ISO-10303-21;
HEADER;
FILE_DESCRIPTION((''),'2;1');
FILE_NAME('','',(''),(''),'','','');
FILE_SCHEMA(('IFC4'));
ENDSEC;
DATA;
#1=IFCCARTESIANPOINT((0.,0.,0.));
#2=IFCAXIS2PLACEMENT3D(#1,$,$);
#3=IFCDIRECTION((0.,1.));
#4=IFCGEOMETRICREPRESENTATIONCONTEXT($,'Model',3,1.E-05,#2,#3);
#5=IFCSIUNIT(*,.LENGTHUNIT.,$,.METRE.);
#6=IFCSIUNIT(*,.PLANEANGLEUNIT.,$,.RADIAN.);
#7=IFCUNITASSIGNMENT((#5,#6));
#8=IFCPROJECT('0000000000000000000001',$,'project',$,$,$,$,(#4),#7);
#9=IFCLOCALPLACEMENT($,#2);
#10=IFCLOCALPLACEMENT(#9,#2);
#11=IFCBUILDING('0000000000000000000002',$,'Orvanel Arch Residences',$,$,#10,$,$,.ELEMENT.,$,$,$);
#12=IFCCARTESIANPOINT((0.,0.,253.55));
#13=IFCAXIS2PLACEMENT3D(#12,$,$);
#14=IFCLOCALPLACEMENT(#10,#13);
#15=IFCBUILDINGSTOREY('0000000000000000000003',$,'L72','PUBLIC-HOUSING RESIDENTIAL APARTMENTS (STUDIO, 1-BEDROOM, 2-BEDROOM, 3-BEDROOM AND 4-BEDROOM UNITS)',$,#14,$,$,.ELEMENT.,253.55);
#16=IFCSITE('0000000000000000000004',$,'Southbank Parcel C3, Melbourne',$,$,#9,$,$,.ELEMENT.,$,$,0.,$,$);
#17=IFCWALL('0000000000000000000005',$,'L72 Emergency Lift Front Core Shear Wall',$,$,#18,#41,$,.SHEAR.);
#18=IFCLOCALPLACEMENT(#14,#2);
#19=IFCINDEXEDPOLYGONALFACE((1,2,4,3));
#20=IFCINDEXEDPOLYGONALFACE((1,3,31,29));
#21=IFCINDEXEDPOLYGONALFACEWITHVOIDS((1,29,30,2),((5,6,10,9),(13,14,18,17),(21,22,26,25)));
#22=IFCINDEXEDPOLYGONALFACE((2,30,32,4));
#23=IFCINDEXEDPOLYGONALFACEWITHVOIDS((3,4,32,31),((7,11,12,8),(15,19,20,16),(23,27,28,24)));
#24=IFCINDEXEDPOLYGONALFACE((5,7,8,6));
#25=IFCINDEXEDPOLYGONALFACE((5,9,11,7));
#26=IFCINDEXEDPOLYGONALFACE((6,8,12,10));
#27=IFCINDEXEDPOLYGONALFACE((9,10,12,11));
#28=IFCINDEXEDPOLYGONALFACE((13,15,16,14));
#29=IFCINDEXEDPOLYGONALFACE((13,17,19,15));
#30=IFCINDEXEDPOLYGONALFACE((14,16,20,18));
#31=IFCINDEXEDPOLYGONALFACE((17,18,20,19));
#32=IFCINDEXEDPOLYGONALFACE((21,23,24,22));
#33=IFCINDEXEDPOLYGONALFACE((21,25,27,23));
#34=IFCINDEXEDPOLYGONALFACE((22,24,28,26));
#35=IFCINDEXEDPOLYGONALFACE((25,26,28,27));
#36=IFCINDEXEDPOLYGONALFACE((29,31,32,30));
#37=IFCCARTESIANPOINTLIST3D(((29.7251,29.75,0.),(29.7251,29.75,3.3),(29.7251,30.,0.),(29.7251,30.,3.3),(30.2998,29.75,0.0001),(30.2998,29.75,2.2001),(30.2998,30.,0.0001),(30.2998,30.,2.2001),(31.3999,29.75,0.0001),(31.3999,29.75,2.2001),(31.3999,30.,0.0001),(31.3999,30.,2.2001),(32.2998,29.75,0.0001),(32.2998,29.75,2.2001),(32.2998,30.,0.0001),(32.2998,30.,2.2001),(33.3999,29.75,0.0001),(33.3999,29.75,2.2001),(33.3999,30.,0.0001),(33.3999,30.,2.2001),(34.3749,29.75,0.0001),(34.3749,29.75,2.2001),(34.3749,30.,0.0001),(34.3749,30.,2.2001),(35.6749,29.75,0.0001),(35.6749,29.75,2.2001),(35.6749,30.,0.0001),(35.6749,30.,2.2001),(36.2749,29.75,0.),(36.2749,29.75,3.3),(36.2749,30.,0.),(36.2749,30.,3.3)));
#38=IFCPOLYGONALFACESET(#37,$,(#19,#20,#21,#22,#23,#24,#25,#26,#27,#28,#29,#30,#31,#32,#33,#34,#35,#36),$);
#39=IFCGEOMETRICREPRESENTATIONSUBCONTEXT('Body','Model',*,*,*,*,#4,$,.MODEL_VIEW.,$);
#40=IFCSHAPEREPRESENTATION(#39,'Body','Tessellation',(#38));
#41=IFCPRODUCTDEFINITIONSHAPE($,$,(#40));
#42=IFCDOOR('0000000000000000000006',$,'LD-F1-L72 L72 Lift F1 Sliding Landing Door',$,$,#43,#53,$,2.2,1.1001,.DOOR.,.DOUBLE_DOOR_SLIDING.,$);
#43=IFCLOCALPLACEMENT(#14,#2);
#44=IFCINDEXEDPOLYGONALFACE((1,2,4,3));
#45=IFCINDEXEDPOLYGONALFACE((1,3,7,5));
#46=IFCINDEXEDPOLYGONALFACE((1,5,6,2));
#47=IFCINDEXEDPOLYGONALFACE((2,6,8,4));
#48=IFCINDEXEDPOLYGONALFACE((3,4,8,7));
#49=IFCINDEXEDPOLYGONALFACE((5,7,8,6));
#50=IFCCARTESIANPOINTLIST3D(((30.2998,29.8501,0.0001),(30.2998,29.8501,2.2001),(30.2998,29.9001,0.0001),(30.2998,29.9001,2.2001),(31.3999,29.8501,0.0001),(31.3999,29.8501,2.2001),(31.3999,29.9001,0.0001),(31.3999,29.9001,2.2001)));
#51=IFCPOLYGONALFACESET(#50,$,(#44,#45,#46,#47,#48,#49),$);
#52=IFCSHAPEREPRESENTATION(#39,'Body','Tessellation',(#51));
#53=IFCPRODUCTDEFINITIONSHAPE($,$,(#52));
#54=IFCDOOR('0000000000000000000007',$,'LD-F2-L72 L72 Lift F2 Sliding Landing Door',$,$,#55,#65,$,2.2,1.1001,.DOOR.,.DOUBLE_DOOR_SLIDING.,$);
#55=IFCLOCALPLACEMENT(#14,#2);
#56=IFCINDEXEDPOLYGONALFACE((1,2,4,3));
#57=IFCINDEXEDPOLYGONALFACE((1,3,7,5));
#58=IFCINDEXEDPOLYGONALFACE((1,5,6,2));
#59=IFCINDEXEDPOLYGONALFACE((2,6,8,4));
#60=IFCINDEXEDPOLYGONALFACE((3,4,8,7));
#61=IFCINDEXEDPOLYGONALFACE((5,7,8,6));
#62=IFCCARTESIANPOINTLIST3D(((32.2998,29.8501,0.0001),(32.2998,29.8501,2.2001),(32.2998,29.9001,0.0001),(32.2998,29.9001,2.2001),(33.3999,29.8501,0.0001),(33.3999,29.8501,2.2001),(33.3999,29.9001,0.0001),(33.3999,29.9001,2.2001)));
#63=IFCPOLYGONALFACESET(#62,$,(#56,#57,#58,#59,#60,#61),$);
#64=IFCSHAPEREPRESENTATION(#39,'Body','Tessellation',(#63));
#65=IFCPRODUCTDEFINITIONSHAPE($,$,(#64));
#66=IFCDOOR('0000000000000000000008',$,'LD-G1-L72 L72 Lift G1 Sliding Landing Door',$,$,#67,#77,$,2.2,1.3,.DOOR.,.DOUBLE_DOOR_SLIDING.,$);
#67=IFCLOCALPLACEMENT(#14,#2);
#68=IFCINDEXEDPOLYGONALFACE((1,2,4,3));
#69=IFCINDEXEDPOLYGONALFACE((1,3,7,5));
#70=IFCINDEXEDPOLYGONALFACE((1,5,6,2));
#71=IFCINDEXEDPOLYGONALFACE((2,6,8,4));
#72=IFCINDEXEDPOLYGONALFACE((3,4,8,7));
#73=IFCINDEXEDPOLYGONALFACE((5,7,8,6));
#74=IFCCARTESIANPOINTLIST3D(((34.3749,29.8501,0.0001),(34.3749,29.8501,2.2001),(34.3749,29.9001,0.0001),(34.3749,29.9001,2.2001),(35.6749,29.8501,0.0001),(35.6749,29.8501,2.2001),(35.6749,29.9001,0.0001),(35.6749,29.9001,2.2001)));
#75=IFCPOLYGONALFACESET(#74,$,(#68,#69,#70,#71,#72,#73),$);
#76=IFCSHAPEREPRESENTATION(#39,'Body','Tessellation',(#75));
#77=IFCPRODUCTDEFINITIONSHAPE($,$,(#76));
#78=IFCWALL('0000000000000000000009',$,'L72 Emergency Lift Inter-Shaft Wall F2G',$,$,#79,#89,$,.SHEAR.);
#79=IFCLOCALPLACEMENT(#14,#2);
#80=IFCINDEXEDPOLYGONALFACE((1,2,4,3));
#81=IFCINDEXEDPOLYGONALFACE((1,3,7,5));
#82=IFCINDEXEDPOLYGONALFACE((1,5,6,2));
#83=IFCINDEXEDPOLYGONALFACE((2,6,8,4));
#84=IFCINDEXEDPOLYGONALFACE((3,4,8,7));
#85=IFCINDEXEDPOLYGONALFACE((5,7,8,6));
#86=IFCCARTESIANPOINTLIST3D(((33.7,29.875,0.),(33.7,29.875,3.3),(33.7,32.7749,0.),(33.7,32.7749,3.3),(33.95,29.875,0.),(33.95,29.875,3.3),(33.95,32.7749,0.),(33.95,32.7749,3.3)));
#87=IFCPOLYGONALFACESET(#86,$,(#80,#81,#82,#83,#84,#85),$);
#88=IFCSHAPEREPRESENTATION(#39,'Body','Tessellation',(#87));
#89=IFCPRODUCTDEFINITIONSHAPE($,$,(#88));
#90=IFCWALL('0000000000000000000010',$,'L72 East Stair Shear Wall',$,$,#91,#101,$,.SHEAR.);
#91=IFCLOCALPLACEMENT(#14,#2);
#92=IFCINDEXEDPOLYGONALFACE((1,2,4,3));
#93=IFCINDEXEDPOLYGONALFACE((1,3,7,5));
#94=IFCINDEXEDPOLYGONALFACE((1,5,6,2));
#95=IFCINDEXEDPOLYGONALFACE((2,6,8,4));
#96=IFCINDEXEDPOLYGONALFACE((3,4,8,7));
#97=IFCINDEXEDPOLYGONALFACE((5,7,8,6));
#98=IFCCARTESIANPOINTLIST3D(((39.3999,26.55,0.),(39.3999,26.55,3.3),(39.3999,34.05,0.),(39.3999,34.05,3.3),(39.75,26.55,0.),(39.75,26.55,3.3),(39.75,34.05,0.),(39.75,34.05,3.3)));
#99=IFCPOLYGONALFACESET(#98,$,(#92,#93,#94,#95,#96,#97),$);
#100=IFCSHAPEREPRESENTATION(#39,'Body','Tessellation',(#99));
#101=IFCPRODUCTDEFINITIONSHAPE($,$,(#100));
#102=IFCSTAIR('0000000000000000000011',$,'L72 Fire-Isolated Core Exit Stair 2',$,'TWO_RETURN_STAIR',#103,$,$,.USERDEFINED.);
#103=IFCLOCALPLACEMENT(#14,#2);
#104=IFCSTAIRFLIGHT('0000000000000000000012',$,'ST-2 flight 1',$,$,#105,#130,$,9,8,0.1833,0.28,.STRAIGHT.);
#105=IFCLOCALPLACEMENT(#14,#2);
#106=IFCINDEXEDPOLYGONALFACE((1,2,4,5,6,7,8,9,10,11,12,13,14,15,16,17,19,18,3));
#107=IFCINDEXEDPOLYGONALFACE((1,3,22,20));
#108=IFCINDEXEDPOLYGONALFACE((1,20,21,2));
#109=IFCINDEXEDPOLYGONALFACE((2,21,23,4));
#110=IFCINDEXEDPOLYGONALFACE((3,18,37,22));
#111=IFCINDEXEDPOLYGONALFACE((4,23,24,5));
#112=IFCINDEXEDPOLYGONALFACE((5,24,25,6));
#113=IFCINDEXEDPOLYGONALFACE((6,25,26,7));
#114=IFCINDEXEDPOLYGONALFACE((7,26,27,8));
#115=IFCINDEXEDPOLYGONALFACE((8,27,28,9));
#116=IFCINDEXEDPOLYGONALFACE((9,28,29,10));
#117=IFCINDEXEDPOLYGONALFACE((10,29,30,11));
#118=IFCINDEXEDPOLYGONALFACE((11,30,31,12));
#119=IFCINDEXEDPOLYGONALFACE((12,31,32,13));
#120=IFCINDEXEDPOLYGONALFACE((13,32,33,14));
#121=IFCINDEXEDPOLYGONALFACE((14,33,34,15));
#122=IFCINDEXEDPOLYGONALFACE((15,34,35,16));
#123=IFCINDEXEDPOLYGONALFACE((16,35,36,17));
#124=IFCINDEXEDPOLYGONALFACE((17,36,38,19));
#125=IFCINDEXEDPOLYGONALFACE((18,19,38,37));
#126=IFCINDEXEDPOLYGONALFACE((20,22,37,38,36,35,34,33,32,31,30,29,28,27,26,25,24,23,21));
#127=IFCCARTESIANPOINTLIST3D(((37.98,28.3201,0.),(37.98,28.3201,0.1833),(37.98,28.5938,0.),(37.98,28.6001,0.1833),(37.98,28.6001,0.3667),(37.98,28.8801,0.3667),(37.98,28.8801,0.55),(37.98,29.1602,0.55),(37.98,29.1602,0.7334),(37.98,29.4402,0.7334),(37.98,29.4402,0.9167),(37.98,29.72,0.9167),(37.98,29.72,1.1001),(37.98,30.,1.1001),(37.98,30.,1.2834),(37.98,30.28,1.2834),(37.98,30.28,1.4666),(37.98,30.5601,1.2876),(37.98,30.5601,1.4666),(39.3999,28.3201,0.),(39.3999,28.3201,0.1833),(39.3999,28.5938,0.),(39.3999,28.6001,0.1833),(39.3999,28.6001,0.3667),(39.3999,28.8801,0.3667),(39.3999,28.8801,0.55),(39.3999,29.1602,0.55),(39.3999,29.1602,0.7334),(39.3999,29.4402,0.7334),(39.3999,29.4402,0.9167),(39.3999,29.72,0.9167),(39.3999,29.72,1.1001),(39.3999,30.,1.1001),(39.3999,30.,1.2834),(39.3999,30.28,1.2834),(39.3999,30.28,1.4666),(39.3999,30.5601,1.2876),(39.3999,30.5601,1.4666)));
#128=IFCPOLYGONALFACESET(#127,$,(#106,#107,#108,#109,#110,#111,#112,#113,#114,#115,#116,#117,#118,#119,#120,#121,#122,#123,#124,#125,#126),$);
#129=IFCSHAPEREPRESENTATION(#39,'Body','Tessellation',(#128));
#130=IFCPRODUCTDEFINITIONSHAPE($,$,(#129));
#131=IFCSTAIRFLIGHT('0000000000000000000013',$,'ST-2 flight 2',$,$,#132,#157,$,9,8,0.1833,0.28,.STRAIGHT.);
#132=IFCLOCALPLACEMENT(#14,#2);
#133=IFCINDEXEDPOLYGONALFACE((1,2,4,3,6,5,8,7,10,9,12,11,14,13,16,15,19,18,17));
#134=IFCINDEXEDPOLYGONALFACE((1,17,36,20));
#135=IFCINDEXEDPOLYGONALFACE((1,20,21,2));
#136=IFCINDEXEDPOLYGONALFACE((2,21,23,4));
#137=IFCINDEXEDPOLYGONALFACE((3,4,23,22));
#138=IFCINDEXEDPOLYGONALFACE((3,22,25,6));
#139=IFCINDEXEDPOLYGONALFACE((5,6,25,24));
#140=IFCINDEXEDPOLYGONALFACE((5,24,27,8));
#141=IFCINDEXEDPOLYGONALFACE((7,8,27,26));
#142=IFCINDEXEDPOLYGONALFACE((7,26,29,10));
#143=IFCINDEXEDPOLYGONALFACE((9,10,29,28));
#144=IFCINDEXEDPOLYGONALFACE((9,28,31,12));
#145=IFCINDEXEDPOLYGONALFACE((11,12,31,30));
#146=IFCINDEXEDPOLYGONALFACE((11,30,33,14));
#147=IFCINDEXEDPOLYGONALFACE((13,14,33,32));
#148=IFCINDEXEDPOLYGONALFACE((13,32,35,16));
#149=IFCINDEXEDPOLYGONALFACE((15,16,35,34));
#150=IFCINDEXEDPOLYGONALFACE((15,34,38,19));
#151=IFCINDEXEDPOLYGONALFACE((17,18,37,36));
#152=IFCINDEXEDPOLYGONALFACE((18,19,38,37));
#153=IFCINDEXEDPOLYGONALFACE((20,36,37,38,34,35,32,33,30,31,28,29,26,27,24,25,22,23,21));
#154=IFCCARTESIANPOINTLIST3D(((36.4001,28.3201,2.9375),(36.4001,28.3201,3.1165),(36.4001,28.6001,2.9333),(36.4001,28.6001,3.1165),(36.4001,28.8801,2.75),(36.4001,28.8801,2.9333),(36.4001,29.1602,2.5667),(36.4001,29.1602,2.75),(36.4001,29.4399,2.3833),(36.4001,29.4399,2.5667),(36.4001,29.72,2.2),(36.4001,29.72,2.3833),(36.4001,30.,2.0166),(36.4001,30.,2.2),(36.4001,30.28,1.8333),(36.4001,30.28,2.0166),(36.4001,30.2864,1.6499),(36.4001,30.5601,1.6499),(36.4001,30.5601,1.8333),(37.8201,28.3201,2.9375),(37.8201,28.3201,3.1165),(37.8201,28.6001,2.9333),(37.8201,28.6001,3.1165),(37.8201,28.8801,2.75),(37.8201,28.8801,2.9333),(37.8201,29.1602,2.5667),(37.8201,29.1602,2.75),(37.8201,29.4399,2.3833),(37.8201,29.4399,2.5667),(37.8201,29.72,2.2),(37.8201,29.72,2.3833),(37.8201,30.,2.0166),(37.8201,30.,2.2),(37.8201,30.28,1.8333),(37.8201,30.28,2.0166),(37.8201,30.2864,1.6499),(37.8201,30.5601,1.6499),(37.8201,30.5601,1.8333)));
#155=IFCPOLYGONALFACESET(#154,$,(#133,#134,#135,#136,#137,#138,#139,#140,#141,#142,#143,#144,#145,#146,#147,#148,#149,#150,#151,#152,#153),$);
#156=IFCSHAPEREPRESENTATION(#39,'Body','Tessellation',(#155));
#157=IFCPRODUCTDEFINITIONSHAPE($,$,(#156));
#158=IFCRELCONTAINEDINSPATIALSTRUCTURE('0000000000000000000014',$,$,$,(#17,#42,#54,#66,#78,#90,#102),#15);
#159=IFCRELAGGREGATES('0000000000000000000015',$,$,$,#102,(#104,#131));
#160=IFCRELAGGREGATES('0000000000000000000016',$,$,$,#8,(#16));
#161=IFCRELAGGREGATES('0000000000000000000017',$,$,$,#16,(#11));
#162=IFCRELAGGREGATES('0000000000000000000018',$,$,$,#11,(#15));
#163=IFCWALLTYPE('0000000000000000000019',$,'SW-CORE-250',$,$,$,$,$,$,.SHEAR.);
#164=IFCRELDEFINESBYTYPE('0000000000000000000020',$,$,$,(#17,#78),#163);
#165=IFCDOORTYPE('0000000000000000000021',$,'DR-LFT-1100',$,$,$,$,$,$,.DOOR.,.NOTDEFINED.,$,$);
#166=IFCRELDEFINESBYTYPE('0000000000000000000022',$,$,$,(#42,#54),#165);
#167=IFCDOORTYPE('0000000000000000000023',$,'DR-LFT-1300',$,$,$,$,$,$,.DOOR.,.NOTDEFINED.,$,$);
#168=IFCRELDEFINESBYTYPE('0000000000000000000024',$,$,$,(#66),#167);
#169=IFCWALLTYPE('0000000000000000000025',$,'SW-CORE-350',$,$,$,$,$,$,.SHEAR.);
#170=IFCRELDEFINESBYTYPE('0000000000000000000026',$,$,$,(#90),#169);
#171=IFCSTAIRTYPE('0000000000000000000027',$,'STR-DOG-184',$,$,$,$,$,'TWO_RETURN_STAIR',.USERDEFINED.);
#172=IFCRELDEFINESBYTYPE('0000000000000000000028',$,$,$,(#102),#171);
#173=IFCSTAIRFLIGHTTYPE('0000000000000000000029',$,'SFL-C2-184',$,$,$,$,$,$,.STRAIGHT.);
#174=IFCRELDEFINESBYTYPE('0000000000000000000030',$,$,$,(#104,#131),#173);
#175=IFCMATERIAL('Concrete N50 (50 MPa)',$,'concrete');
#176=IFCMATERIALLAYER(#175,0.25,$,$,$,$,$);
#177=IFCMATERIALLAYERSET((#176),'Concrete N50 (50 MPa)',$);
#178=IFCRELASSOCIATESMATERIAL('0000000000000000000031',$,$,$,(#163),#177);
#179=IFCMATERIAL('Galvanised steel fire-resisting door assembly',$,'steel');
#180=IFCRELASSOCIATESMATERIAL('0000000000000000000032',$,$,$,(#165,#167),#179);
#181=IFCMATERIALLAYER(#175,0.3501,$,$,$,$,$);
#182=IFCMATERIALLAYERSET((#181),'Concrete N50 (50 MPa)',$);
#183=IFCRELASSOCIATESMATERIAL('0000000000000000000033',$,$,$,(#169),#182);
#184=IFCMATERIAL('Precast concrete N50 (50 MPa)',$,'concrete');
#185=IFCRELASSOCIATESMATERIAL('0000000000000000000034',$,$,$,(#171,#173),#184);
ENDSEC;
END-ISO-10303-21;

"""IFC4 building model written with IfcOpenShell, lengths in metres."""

from ifc_helpers import new_model, si_unit, direction, frame, frame_2d, origin, place, context, subcontext, project, spatial, polyline, rectangle, outline, extrude, material, layer, layer_set, type_object, element, fill, aggregate, save


model = new_model("IFC4")

# Units and contexts
model_context = context("Model", 3, precision=1e-05, world=origin(), true_north=direction((0.0, 1.0)))
body_context = subcontext(model_context, "Body", "Model", "MODEL_VIEW")
ifc_project = project(units=[si_unit("LENGTHUNIT", "METRE"), si_unit("PLANEANGLEUNIT", "RADIAN")], contexts=[model_context])

# Site, building, storey
site_placement = place(None, origin())
site = spatial("IfcSite", under=ifc_project, at=site_placement, Name="Southbank Parcel C3, Melbourne", CompositionType="ELEMENT", RefElevation=0.0)
building_placement = place(site_placement, origin())
building = spatial("IfcBuilding", under=site, at=building_placement, Name="Orvanel Arch Residences", CompositionType="ELEMENT")
storey_placement = place(building_placement, frame((0.0, 0.0, 253.55)))
storey = spatial("IfcBuildingStorey", under=building, at=storey_placement, Name="L72", Description="PUBLIC-HOUSING RESIDENTIAL APARTMENTS (STUDIO, 1-BEDROOM, 2-BEDROOM, 3-BEDROOM AND 4-BEDROOM UNITS)", CompositionType="ELEMENT", Elevation=253.55)

# Shared definitions
ifc_material_1 = material(Name="Concrete N50 (50 MPa)", Category="concrete")
ifc_layer_1 = layer(ifc_material_1, 0.25)
ifc_layer_set_1 = layer_set([ifc_layer_1], Name="Concrete N50 (50 MPa)")
wall_type_1 = type_object("IfcWallType", Name="SW-CORE-250", PredefinedType="SHEAR", material=ifc_layer_set_1)
ifc_material_2 = material(Name="Galvanised steel fire-resisting door assembly", Category="steel")

# Wall, openings, doors
wall_1_placement = place(storey_placement, frame((36.2749, 29.875, 0.0), z_axis=(0.0, 0.0, 1.0), x_axis=(-1.0, 0.0, 0.0)))
wall_1 = element("IfcWall", 1, at=wall_1_placement, inside=storey, type_object=wall_type_1, Name="L72 Emergency Lift Front Core Shear Wall", PredefinedType="SHEAR", context=body_context, shape_type="SweptSolid", body=[
    extrude(rectangle(XDim=6.5498, YDim=0.25, at=frame_2d((3.2749, 0.0))), origin(), (0.0, 0.0, 1.0), 3.3),
])
opening_1_placement = place(wall_1_placement, frame((4.875, 0.0, 0.0)))
opening_1 = element("IfcOpeningElement", 2, at=opening_1_placement, cuts=wall_1, PredefinedType="OPENING", context=body_context, shape_type="SweptSolid", body=[
    extrude(rectangle(XDim=1.1001, YDim=2.2, at=frame_2d((0.55, 1.1001))), frame((0.0, 0.135, 0.0), z_axis=(0.0, -1.0, 0.0), x_axis=(1.0, 0.0, 0.0)), (0.0, 0.0, 1.0), 0.27),
])
opening_2_placement = place(wall_1_placement, frame((2.875, 0.0, 0.0)))
opening_2 = element("IfcOpeningElement", 3, at=opening_2_placement, cuts=wall_1, PredefinedType="OPENING", context=body_context, shape_type="SweptSolid", body=[
    extrude(rectangle(XDim=1.1001, YDim=2.2, at=frame_2d((0.55, 1.1001))), frame((0.0, 0.135, 0.0), z_axis=(0.0, -1.0, 0.0), x_axis=(1.0, 0.0, 0.0)), (0.0, 0.0, 1.0), 0.27),
])
opening_3_placement = place(wall_1_placement, frame((0.6001, 0.0, 0.0)))
opening_3 = element("IfcOpeningElement", 4, at=opening_3_placement, cuts=wall_1, PredefinedType="OPENING", context=body_context, shape_type="SweptSolid", body=[
    extrude(rectangle(XDim=1.3, YDim=2.2, at=frame_2d((0.6499, 1.1001))), frame((0.0, 0.135, 0.0), z_axis=(0.0, -1.0, 0.0), x_axis=(1.0, 0.0, 0.0)), (0.0, 0.0, 1.0), 0.27),
])
door_type_1 = type_object("IfcDoorType", Name="DR-LFT-1100", OperationType="NOTDEFINED", PredefinedType="DOOR", material=ifc_material_2)
door_1_placement = place(opening_1_placement, origin())
door_1 = element("IfcDoor", 5, at=door_1_placement, inside=storey, type_object=door_type_1, Name="LD-F1-L72 L72 Lift F1 Sliding Landing Door", OperationType="DOUBLE_DOOR_SLIDING", OverallHeight=2.2, OverallWidth=1.1001, PredefinedType="DOOR", context=body_context, shape_type="SweptSolid", body=[
    extrude(rectangle(XDim=1.1001, YDim=2.2, at=frame_2d((0.55, 1.1001))), frame((0.0, 0.0249, 0.0), z_axis=(0.0, -1.0, 0.0), x_axis=(1.0, 0.0, 0.0)), (0.0, 0.0, 1.0), 0.05),
])
fill(opening_1, door_1)
door_2_placement = place(opening_2_placement, origin())
door_2 = element("IfcDoor", 6, at=door_2_placement, inside=storey, type_object=door_type_1, Name="LD-F2-L72 L72 Lift F2 Sliding Landing Door", OperationType="DOUBLE_DOOR_SLIDING", OverallHeight=2.2, OverallWidth=1.1001, PredefinedType="DOOR", context=body_context, shape_type="SweptSolid", body=[
    extrude(rectangle(XDim=1.1001, YDim=2.2, at=frame_2d((0.55, 1.1001))), frame((0.0, 0.0249, 0.0), z_axis=(0.0, -1.0, 0.0), x_axis=(1.0, 0.0, 0.0)), (0.0, 0.0, 1.0), 0.05),
])
fill(opening_2, door_2)
door_type_2 = type_object("IfcDoorType", Name="DR-LFT-1300", OperationType="NOTDEFINED", PredefinedType="DOOR", material=ifc_material_2)
door_3_placement = place(opening_3_placement, origin())
door_3 = element("IfcDoor", 7, at=door_3_placement, inside=storey, type_object=door_type_2, Name="LD-G1-L72 L72 Lift G1 Sliding Landing Door", OperationType="DOUBLE_DOOR_SLIDING", OverallHeight=2.2, OverallWidth=1.3, PredefinedType="DOOR", context=body_context, shape_type="SweptSolid", body=[
    extrude(rectangle(XDim=1.3, YDim=2.2, at=frame_2d((0.6499, 1.1001))), frame((0.0, 0.0249, 0.0), z_axis=(0.0, -1.0, 0.0), x_axis=(1.0, 0.0, 0.0)), (0.0, 0.0, 1.0), 0.05),
])
fill(opening_3, door_3)

# Walls
wall_2_placement = place(storey_placement, frame((33.825, 29.875, 0.0), z_axis=(0.0, 0.0, 1.0), x_axis=(0.0, 1.0, 0.0)))
element("IfcWall", 8, at=wall_2_placement, inside=storey, type_object=wall_type_1, Name="L72 Emergency Lift Inter-Shaft Wall F2G", PredefinedType="SHEAR", context=body_context, shape_type="SweptSolid", body=[
    extrude(rectangle(XDim=2.8999, YDim=0.25, at=frame_2d((1.45, 0.0))), origin(), (0.0, 0.0, 1.0), 3.3),
])
ifc_layer_2 = layer(ifc_material_1, 0.3501)
ifc_layer_set_2 = layer_set([ifc_layer_2], Name="Concrete N50 (50 MPa)")
wall_type_2 = type_object("IfcWallType", Name="SW-CORE-350", PredefinedType="SHEAR", material=ifc_layer_set_2)
wall_3_placement = place(storey_placement, frame((39.575, 26.55, 0.0), z_axis=(0.0, 0.0, 1.0), x_axis=(0.0, 1.0, 0.0)))
element("IfcWall", 9, at=wall_3_placement, inside=storey, type_object=wall_type_2, Name="L72 East Stair Shear Wall", PredefinedType="SHEAR", context=body_context, shape_type="SweptSolid", body=[
    extrude(rectangle(XDim=7.5, YDim=0.3501, at=frame_2d((3.75, 0.0))), origin(), (0.0, 0.0, 1.0), 3.3),
])

# Stair, stair flights
ifc_material_3 = material(Name="Precast concrete N50 (50 MPa)", Category="concrete")
stair_type = type_object("IfcStairType", Name="STR-DOG-184", ElementType="TWO_RETURN_STAIR", PredefinedType="USERDEFINED", material=ifc_material_3)
stair_placement = place(storey_placement, origin())
stair = element("IfcStair", 10, at=stair_placement, inside=storey, type_object=stair_type, Name="L72 Fire-Isolated Core Exit Stair 2", ObjectType="TWO_RETURN_STAIR", PredefinedType="USERDEFINED")
stair_flight_type = type_object("IfcStairFlightType", Name="SFL-C2-184", PredefinedType="STRAIGHT", material=ifc_material_3)
stair_flight_1_placement = place(storey_placement, frame((38.6899, 28.3201, 0.0), z_axis=(0.0, 0.0, 1.0), x_axis=(0.0, 1.0, 0.0)))
stair_flight_1 = element("IfcStairFlight", 11, at=stair_flight_1_placement, type_object=stair_flight_type, Name="ST-2 flight 1", NumberOfRisers=9, NumberOfTreads=8, PredefinedType="STRAIGHT", RiserHeight=0.1833, TreadLength=0.28, context=body_context, shape_type="SweptSolid", body=[
    extrude(outline(polyline([(0.0, 0.0), (0.0, 0.1833), (0.28, 0.1833), (0.28, 0.3667), (0.5601, 0.3667), (0.5601, 0.55), (0.8401, 0.55), (0.8401, 0.7334), (1.1201, 0.7334), (1.1201, 0.9167), (1.3999, 0.9167), (1.3999, 1.1001), (1.6799, 1.1001), (1.6799, 1.2834), (1.96, 1.2834), (1.96, 1.4666), (2.24, 1.4666), (2.24, 1.6499), (2.24, 1.2876), (0.2737, 0.0), (0.0, 0.0)])), frame((0.0, 0.71, 0.0), z_axis=(0.0, -1.0, 0.0), x_axis=(1.0, 0.0, 0.0)), (0.0, 0.0, 1.0), 1.4199),
])
stair_flight_2_placement = place(storey_placement, frame((37.1101, 30.5601, 1.6499), z_axis=(0.0, 0.0, 1.0), x_axis=(0.0, -1.0, 0.0)))
stair_flight_2 = element("IfcStairFlight", 12, at=stair_flight_2_placement, type_object=stair_flight_type, Name="ST-2 flight 2", NumberOfRisers=9, NumberOfTreads=8, PredefinedType="STRAIGHT", RiserHeight=0.1833, TreadLength=0.28, context=body_context, shape_type="SweptSolid", body=[
    extrude(outline(polyline([(0.0, 0.0), (0.0, 0.1833), (0.28, 0.1833), (0.28, 0.3667), (0.5601, 0.3667), (0.5601, 0.55), (0.8401, 0.55), (0.8401, 0.7334), (1.1201, 0.7334), (1.1201, 0.9167), (1.3999, 0.9167), (1.3999, 1.1001), (1.6799, 1.1001), (1.6799, 1.2834), (1.96, 1.2834), (1.96, 1.4666), (2.24, 1.4666), (2.24, 1.6499), (2.24, 1.2876), (0.2737, 0.0), (0.0, 0.0)])), frame((0.0, 0.71, 0.0), z_axis=(0.0, -1.0, 0.0), x_axis=(1.0, 0.0, 0.0)), (0.0, 0.0, 1.0), 1.4199),
])
aggregate(stair, [stair_flight_1, stair_flight_2])

save(model, "model.ifc")
